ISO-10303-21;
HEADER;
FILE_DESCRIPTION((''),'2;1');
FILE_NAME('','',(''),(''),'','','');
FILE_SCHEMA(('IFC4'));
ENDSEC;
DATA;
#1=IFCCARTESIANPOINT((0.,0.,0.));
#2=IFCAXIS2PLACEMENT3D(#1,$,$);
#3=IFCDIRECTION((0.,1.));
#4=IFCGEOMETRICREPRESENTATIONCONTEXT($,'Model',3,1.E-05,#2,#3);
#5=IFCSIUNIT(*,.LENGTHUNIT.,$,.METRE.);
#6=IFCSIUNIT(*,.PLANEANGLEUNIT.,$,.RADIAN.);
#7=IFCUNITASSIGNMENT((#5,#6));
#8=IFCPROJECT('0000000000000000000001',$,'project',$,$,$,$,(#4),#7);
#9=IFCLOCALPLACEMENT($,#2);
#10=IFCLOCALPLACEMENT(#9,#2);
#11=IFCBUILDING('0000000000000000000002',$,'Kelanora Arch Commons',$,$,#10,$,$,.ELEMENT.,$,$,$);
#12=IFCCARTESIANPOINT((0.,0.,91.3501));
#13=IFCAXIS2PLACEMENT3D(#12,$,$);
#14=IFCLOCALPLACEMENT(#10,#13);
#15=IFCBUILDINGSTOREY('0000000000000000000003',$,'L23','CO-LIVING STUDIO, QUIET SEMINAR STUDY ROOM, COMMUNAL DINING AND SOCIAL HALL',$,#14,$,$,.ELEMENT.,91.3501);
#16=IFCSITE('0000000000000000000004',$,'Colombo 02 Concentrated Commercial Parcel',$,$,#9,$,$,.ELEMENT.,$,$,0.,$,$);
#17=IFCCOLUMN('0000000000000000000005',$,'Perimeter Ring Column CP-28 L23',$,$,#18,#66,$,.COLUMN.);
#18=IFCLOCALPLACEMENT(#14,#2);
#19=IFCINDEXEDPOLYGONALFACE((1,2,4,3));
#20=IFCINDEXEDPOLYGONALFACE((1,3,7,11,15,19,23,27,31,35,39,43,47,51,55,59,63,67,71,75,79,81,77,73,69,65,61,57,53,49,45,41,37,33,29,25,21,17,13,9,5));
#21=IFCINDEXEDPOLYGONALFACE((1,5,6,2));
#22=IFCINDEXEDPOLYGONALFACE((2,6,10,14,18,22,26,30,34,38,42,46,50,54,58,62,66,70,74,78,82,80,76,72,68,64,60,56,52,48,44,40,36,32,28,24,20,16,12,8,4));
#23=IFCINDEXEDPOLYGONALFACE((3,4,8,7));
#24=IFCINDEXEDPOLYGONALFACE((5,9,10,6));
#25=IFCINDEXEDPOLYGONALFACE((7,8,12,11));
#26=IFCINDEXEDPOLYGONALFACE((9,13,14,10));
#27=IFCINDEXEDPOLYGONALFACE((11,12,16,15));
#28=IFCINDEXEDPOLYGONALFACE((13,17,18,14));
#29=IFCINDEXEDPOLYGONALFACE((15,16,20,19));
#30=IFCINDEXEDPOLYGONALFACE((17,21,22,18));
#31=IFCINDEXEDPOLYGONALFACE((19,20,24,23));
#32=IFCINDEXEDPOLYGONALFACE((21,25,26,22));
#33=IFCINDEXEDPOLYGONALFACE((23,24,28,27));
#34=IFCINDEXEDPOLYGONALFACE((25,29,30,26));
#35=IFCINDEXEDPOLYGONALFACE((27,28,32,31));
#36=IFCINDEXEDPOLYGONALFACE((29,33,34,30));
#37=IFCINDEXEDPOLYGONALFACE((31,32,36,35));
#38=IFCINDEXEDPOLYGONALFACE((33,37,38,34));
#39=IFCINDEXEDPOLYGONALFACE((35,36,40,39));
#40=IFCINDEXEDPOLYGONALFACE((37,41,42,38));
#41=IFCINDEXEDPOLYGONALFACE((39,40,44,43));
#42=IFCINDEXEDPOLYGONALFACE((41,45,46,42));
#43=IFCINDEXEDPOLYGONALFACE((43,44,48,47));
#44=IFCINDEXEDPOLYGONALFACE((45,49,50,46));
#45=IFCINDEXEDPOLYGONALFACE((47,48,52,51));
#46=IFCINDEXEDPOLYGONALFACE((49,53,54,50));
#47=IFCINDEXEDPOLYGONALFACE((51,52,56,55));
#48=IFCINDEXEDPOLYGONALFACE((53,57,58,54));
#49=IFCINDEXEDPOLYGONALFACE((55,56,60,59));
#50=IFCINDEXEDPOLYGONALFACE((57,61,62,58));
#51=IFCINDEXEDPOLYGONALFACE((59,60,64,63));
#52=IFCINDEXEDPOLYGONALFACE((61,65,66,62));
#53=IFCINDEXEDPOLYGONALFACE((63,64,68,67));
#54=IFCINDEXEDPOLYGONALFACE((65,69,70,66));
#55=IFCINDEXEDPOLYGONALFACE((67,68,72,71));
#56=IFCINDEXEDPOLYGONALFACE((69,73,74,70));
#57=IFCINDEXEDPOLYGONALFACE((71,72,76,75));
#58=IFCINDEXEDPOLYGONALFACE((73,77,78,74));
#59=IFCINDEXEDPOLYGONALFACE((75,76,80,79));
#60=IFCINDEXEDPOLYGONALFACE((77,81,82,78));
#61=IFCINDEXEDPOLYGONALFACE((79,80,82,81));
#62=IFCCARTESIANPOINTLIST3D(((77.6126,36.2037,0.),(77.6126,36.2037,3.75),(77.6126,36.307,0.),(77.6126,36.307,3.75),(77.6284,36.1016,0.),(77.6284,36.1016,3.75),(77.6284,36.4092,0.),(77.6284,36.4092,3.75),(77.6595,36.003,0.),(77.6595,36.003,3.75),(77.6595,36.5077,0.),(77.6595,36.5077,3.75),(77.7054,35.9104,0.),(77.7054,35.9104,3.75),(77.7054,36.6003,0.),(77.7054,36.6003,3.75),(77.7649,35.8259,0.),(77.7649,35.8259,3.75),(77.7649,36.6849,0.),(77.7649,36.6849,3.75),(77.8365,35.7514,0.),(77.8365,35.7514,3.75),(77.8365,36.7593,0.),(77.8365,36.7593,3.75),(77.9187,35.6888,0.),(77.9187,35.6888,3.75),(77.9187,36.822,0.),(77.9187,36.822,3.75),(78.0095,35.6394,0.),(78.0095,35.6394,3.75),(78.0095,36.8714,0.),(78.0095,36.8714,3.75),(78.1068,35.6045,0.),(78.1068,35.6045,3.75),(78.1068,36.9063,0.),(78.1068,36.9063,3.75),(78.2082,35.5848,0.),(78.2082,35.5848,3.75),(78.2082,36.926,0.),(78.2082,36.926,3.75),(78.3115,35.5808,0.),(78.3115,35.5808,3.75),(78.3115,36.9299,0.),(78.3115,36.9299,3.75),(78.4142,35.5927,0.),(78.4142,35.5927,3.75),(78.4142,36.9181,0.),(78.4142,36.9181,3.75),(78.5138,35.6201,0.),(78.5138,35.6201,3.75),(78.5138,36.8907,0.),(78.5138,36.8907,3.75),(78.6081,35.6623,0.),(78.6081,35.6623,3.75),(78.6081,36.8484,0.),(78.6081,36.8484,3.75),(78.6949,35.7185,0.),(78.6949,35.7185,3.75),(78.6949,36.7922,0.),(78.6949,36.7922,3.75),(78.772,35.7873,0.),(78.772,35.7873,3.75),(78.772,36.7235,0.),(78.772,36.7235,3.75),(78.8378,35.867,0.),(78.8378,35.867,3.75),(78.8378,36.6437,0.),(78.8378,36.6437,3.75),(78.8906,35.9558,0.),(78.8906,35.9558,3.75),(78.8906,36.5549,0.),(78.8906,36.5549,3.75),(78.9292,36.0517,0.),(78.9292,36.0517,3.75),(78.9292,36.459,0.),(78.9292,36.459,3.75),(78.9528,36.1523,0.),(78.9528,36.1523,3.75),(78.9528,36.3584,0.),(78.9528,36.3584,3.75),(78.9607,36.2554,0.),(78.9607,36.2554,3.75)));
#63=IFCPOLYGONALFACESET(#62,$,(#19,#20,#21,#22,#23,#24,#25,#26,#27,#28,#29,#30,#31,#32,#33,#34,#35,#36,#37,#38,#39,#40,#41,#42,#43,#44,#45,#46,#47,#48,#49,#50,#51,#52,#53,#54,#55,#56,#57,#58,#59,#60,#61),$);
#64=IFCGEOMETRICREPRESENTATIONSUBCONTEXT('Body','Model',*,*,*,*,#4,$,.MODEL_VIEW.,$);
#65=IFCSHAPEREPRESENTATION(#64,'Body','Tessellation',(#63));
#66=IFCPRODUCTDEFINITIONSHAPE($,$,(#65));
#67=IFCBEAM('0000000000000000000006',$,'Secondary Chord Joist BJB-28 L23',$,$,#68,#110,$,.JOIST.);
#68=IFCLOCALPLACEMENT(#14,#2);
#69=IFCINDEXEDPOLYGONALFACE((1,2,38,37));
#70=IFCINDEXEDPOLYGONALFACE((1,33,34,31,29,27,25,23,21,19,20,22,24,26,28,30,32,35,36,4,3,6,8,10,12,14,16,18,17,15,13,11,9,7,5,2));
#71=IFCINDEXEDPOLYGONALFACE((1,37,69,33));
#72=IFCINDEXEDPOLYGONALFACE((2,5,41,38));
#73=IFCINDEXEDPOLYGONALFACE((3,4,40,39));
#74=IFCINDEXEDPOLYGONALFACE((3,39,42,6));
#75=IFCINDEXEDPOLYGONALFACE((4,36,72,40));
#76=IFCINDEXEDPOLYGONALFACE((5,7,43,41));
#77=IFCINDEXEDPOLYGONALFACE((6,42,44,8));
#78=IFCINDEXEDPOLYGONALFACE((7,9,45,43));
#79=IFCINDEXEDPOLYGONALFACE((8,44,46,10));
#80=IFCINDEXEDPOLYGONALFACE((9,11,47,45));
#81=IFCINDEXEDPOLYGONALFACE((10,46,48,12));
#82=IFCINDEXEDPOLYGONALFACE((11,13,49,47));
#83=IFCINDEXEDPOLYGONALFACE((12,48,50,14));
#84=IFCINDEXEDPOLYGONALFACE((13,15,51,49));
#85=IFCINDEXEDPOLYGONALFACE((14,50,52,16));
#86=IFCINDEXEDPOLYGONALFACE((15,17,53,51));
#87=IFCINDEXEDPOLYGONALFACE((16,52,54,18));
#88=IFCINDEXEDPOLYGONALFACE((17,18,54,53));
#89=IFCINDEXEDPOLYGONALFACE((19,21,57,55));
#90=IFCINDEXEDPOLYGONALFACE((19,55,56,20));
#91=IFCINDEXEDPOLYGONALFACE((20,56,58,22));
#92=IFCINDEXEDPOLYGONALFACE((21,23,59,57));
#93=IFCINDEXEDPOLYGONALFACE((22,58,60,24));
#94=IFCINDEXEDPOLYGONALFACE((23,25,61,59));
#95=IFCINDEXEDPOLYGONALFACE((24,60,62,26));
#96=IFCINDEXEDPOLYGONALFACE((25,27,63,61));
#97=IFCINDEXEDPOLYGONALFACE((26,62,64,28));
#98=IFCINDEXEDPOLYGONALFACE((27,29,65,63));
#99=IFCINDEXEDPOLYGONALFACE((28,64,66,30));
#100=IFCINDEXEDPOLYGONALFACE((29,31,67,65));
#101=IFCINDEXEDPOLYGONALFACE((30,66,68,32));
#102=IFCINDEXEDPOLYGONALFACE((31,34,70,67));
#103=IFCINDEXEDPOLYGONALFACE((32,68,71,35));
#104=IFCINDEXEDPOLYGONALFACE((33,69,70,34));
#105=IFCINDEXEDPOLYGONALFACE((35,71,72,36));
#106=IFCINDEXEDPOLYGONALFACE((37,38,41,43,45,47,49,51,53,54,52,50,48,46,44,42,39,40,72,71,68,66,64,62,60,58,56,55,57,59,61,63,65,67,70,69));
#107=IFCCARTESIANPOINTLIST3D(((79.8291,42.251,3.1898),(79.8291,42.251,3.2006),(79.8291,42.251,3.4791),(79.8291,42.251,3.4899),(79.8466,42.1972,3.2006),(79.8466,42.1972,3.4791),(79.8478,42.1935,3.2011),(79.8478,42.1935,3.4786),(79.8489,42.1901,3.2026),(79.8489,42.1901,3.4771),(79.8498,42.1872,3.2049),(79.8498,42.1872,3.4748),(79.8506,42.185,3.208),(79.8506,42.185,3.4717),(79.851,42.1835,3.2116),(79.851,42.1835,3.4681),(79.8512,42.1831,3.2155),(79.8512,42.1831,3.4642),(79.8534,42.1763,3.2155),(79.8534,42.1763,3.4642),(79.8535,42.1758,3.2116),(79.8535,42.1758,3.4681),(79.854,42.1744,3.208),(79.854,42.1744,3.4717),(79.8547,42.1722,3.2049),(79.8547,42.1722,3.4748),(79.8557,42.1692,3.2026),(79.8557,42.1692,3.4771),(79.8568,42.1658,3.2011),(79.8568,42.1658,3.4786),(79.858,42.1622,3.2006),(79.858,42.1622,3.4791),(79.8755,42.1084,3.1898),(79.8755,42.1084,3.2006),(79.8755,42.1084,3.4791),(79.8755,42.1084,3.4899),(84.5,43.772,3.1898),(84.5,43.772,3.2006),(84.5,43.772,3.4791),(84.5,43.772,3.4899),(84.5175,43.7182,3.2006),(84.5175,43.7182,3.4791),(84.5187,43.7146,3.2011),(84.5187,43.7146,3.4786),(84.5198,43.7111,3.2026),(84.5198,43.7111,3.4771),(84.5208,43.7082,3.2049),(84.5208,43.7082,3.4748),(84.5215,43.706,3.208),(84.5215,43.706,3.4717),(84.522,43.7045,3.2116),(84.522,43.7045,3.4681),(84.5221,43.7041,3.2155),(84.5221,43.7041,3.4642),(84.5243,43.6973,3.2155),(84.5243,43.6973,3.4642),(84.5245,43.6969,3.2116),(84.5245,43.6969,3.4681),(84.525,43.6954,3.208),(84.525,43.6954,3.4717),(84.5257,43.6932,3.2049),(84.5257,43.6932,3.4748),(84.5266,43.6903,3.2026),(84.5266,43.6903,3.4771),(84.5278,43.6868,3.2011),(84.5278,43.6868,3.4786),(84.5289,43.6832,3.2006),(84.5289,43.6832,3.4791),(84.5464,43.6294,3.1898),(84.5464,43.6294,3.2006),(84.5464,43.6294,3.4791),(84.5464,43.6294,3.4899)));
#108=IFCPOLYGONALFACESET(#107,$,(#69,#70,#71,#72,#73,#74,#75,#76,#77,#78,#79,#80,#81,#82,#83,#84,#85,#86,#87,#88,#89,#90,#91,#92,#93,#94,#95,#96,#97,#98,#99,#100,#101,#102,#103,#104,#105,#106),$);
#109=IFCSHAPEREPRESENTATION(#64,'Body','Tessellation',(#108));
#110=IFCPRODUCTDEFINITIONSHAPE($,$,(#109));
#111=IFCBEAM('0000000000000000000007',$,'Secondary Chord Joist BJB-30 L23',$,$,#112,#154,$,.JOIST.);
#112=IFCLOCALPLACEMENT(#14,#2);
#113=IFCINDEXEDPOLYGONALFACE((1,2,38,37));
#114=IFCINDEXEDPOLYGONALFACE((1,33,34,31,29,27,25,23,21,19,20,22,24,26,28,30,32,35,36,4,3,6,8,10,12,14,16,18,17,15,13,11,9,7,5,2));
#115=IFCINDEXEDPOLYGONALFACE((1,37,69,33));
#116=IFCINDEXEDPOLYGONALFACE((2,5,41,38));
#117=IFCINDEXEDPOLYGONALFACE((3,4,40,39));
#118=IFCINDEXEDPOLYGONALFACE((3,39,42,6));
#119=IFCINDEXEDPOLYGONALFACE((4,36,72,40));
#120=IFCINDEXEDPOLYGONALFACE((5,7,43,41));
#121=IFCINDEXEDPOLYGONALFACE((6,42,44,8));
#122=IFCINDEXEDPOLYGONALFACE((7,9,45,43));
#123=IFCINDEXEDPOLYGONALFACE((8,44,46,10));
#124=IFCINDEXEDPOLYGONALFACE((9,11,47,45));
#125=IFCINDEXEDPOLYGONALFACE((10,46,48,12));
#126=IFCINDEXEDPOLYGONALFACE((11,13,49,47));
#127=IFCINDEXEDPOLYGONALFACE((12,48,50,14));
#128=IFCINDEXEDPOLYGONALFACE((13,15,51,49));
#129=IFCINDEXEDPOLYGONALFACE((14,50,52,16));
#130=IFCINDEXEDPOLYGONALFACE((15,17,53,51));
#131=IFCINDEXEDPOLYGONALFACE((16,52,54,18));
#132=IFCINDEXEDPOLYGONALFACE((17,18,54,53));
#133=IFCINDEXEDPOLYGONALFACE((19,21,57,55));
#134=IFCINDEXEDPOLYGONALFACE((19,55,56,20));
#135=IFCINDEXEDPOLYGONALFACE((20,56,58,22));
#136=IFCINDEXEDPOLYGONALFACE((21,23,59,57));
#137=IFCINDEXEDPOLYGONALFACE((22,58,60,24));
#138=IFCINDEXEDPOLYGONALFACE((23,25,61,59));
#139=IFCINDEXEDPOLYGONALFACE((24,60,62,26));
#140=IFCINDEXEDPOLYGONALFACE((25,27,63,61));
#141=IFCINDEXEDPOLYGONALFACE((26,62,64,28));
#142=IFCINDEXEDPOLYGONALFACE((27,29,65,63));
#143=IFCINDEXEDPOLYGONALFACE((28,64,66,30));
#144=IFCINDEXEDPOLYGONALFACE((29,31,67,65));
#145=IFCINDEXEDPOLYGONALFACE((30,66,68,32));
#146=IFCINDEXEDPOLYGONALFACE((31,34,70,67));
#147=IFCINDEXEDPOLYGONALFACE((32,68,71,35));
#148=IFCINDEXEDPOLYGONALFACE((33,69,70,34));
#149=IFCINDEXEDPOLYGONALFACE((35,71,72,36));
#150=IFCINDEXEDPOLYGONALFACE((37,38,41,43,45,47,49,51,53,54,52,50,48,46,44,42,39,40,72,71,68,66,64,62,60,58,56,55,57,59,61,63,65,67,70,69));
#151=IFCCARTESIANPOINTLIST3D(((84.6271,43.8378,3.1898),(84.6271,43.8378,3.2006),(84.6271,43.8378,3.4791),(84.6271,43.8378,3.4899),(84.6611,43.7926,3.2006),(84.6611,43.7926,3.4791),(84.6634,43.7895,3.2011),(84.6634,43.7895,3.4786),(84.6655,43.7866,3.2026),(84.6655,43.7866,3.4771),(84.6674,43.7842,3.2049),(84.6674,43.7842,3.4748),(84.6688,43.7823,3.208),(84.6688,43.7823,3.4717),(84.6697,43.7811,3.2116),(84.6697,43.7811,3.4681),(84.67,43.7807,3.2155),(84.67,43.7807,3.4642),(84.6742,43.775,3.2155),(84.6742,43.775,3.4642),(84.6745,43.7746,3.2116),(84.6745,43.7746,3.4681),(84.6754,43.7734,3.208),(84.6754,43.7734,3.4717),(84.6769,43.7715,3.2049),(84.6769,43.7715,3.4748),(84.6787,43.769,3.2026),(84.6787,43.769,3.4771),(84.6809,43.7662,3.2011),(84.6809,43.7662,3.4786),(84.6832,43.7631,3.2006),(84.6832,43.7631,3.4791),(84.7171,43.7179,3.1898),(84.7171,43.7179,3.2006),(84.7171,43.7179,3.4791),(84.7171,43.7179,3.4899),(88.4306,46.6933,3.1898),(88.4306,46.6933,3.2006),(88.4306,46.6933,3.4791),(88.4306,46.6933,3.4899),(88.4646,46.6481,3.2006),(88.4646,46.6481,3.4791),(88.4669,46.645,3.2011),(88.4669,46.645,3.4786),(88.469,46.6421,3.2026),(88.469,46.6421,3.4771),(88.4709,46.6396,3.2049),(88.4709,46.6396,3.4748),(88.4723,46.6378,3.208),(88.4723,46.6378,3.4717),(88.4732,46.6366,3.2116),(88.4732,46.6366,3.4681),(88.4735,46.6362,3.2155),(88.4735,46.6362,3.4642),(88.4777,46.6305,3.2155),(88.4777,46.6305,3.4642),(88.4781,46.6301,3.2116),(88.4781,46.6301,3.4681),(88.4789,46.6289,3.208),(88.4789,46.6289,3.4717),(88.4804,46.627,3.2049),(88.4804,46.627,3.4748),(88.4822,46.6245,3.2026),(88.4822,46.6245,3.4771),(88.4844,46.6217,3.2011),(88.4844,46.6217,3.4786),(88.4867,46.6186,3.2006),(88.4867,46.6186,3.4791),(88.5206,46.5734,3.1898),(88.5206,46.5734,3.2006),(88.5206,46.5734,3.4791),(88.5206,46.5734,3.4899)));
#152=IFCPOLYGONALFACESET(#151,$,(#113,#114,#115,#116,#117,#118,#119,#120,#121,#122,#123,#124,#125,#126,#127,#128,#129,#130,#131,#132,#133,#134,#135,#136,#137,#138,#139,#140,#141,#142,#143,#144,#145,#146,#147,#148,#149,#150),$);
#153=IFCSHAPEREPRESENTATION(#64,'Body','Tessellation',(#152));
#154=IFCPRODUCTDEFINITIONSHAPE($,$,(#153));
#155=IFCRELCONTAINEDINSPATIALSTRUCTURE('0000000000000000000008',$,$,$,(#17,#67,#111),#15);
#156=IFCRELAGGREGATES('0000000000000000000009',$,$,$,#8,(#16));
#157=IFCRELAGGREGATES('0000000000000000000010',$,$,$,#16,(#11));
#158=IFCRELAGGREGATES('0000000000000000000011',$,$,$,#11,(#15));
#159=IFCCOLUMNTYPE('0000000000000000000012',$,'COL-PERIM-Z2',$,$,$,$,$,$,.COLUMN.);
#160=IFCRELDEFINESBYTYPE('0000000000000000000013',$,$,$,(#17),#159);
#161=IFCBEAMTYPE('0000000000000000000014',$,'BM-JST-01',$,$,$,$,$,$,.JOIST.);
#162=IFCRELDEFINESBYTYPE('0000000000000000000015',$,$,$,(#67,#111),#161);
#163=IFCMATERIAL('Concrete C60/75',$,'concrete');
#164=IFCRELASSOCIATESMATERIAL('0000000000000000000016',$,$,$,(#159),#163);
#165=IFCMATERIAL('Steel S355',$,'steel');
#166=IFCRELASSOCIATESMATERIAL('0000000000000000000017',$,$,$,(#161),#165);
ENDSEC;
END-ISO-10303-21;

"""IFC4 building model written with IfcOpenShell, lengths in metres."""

from ifc_helpers import new_model, si_unit, direction, frame, origin, origin_2d, place, context, subcontext, project, spatial, circle, i_section, extrude, material, material_profile, profile_set, type_object, element, save


model = new_model("IFC4")

# Units and contexts
model_context = context("Model", 3, precision=1e-05, world=origin(), true_north=direction((0.0, 1.0)))
body_context = subcontext(model_context, "Body", "Model", "MODEL_VIEW")
ifc_project = project(units=[si_unit("LENGTHUNIT", "METRE"), si_unit("PLANEANGLEUNIT", "RADIAN")], contexts=[model_context])

# Site, building, storey
site_placement = place(None, origin())
site = spatial("IfcSite", under=ifc_project, at=site_placement, Name="Colombo 02 Concentrated Commercial Parcel", CompositionType="ELEMENT", RefElevation=0.0)
building_placement = place(site_placement, origin())
building = spatial("IfcBuilding", under=site, at=building_placement, Name="Kelanora Arch Commons", CompositionType="ELEMENT")
storey_placement = place(building_placement, frame((0.0, 0.0, 91.3501)))
storey = spatial("IfcBuildingStorey", under=building, at=storey_placement, Name="L23", Description="CO-LIVING STUDIO, QUIET SEMINAR STUDY ROOM, COMMUNAL DINING AND SOCIAL HALL", CompositionType="ELEMENT", Elevation=91.3501)

# Column
ifc_material_1 = material(Name="Concrete C60/75", Category="concrete")
ifc_material_profile_1 = material_profile(ifc_material_1, circle(Radius=0.675, at=origin_2d()), Name="RCC1350")
ifc_profile_set_1 = profile_set([ifc_material_profile_1], Name="Concrete C60/75")
column_type = type_object("IfcColumnType", Name="COL-PERIM-Z2", PredefinedType="COLUMN", material=ifc_profile_set_1)
column_placement = place(storey_placement, frame((78.2856, 36.2554, 0.0), z_axis=(0.0, 0.0, 1.0), x_axis=(1.0, 0.0, 0.0)))
element("IfcColumn", 1, at=column_placement, inside=storey, type_object=column_type, Name="Perimeter Ring Column CP-28 L23", PredefinedType="COLUMN", context=body_context, shape_type="SweptSolid", body=[
    extrude(circle(Radius=0.675, at=origin_2d()), origin(), (0.0, 0.0, 1.0), 3.75),
])

# Beams
ifc_material_2 = material(Name="Steel S355", Category="steel")
ifc_material_profile_2 = material_profile(ifc_material_2, i_section(OverallWidth=0.1499, OverallDepth=0.3, WebThickness=0.0071, FlangeThickness=0.0107, FilletRadius=0.0149, at=origin_2d()), Name="IPE300")
ifc_profile_set_2 = profile_set([ifc_material_profile_2], Name="Steel S355")
beam_type_1 = type_object("IfcBeamType", Name="BM-JST-01", PredefinedType="JOIST", material=ifc_profile_set_2)
beam_1_placement = place(storey_placement, frame((79.8523, 42.1797, 3.3398), z_axis=(0.950857, 0.30963, 0.0), x_axis=(-0.30963, 0.950857, 0.0)))
element("IfcBeam", 2, at=beam_1_placement, inside=storey, type_object=beam_type_1, Name="Secondary Chord Joist BJB-28 L23", PredefinedType="JOIST", context=body_context, shape_type="SweptSolid", body=[
    extrude(i_section(OverallWidth=0.1499, OverallDepth=0.3, WebThickness=0.0071, FlangeThickness=0.0107, FilletRadius=0.0149, at=origin_2d()), origin(), (0.0, 0.0, 1.0), 4.9124),
])
beam_2_placement = place(storey_placement, frame((84.6721, 43.7778, 3.3398), z_axis=(0.79971, 0.600386, 0.0), x_axis=(-0.600386, 0.79971, 0.0)))
element("IfcBeam", 3, at=beam_2_placement, inside=storey, type_object=beam_type_1, Name="Secondary Chord Joist BJB-30 L23", PredefinedType="JOIST", context=body_context, shape_type="SweptSolid", body=[
    extrude(i_section(OverallWidth=0.1499, OverallDepth=0.3, WebThickness=0.0071, FlangeThickness=0.0107, FilletRadius=0.0149, at=origin_2d()), origin(), (0.0, 0.0, 1.0), 4.7561),
])

save(model, "model.ifc")
